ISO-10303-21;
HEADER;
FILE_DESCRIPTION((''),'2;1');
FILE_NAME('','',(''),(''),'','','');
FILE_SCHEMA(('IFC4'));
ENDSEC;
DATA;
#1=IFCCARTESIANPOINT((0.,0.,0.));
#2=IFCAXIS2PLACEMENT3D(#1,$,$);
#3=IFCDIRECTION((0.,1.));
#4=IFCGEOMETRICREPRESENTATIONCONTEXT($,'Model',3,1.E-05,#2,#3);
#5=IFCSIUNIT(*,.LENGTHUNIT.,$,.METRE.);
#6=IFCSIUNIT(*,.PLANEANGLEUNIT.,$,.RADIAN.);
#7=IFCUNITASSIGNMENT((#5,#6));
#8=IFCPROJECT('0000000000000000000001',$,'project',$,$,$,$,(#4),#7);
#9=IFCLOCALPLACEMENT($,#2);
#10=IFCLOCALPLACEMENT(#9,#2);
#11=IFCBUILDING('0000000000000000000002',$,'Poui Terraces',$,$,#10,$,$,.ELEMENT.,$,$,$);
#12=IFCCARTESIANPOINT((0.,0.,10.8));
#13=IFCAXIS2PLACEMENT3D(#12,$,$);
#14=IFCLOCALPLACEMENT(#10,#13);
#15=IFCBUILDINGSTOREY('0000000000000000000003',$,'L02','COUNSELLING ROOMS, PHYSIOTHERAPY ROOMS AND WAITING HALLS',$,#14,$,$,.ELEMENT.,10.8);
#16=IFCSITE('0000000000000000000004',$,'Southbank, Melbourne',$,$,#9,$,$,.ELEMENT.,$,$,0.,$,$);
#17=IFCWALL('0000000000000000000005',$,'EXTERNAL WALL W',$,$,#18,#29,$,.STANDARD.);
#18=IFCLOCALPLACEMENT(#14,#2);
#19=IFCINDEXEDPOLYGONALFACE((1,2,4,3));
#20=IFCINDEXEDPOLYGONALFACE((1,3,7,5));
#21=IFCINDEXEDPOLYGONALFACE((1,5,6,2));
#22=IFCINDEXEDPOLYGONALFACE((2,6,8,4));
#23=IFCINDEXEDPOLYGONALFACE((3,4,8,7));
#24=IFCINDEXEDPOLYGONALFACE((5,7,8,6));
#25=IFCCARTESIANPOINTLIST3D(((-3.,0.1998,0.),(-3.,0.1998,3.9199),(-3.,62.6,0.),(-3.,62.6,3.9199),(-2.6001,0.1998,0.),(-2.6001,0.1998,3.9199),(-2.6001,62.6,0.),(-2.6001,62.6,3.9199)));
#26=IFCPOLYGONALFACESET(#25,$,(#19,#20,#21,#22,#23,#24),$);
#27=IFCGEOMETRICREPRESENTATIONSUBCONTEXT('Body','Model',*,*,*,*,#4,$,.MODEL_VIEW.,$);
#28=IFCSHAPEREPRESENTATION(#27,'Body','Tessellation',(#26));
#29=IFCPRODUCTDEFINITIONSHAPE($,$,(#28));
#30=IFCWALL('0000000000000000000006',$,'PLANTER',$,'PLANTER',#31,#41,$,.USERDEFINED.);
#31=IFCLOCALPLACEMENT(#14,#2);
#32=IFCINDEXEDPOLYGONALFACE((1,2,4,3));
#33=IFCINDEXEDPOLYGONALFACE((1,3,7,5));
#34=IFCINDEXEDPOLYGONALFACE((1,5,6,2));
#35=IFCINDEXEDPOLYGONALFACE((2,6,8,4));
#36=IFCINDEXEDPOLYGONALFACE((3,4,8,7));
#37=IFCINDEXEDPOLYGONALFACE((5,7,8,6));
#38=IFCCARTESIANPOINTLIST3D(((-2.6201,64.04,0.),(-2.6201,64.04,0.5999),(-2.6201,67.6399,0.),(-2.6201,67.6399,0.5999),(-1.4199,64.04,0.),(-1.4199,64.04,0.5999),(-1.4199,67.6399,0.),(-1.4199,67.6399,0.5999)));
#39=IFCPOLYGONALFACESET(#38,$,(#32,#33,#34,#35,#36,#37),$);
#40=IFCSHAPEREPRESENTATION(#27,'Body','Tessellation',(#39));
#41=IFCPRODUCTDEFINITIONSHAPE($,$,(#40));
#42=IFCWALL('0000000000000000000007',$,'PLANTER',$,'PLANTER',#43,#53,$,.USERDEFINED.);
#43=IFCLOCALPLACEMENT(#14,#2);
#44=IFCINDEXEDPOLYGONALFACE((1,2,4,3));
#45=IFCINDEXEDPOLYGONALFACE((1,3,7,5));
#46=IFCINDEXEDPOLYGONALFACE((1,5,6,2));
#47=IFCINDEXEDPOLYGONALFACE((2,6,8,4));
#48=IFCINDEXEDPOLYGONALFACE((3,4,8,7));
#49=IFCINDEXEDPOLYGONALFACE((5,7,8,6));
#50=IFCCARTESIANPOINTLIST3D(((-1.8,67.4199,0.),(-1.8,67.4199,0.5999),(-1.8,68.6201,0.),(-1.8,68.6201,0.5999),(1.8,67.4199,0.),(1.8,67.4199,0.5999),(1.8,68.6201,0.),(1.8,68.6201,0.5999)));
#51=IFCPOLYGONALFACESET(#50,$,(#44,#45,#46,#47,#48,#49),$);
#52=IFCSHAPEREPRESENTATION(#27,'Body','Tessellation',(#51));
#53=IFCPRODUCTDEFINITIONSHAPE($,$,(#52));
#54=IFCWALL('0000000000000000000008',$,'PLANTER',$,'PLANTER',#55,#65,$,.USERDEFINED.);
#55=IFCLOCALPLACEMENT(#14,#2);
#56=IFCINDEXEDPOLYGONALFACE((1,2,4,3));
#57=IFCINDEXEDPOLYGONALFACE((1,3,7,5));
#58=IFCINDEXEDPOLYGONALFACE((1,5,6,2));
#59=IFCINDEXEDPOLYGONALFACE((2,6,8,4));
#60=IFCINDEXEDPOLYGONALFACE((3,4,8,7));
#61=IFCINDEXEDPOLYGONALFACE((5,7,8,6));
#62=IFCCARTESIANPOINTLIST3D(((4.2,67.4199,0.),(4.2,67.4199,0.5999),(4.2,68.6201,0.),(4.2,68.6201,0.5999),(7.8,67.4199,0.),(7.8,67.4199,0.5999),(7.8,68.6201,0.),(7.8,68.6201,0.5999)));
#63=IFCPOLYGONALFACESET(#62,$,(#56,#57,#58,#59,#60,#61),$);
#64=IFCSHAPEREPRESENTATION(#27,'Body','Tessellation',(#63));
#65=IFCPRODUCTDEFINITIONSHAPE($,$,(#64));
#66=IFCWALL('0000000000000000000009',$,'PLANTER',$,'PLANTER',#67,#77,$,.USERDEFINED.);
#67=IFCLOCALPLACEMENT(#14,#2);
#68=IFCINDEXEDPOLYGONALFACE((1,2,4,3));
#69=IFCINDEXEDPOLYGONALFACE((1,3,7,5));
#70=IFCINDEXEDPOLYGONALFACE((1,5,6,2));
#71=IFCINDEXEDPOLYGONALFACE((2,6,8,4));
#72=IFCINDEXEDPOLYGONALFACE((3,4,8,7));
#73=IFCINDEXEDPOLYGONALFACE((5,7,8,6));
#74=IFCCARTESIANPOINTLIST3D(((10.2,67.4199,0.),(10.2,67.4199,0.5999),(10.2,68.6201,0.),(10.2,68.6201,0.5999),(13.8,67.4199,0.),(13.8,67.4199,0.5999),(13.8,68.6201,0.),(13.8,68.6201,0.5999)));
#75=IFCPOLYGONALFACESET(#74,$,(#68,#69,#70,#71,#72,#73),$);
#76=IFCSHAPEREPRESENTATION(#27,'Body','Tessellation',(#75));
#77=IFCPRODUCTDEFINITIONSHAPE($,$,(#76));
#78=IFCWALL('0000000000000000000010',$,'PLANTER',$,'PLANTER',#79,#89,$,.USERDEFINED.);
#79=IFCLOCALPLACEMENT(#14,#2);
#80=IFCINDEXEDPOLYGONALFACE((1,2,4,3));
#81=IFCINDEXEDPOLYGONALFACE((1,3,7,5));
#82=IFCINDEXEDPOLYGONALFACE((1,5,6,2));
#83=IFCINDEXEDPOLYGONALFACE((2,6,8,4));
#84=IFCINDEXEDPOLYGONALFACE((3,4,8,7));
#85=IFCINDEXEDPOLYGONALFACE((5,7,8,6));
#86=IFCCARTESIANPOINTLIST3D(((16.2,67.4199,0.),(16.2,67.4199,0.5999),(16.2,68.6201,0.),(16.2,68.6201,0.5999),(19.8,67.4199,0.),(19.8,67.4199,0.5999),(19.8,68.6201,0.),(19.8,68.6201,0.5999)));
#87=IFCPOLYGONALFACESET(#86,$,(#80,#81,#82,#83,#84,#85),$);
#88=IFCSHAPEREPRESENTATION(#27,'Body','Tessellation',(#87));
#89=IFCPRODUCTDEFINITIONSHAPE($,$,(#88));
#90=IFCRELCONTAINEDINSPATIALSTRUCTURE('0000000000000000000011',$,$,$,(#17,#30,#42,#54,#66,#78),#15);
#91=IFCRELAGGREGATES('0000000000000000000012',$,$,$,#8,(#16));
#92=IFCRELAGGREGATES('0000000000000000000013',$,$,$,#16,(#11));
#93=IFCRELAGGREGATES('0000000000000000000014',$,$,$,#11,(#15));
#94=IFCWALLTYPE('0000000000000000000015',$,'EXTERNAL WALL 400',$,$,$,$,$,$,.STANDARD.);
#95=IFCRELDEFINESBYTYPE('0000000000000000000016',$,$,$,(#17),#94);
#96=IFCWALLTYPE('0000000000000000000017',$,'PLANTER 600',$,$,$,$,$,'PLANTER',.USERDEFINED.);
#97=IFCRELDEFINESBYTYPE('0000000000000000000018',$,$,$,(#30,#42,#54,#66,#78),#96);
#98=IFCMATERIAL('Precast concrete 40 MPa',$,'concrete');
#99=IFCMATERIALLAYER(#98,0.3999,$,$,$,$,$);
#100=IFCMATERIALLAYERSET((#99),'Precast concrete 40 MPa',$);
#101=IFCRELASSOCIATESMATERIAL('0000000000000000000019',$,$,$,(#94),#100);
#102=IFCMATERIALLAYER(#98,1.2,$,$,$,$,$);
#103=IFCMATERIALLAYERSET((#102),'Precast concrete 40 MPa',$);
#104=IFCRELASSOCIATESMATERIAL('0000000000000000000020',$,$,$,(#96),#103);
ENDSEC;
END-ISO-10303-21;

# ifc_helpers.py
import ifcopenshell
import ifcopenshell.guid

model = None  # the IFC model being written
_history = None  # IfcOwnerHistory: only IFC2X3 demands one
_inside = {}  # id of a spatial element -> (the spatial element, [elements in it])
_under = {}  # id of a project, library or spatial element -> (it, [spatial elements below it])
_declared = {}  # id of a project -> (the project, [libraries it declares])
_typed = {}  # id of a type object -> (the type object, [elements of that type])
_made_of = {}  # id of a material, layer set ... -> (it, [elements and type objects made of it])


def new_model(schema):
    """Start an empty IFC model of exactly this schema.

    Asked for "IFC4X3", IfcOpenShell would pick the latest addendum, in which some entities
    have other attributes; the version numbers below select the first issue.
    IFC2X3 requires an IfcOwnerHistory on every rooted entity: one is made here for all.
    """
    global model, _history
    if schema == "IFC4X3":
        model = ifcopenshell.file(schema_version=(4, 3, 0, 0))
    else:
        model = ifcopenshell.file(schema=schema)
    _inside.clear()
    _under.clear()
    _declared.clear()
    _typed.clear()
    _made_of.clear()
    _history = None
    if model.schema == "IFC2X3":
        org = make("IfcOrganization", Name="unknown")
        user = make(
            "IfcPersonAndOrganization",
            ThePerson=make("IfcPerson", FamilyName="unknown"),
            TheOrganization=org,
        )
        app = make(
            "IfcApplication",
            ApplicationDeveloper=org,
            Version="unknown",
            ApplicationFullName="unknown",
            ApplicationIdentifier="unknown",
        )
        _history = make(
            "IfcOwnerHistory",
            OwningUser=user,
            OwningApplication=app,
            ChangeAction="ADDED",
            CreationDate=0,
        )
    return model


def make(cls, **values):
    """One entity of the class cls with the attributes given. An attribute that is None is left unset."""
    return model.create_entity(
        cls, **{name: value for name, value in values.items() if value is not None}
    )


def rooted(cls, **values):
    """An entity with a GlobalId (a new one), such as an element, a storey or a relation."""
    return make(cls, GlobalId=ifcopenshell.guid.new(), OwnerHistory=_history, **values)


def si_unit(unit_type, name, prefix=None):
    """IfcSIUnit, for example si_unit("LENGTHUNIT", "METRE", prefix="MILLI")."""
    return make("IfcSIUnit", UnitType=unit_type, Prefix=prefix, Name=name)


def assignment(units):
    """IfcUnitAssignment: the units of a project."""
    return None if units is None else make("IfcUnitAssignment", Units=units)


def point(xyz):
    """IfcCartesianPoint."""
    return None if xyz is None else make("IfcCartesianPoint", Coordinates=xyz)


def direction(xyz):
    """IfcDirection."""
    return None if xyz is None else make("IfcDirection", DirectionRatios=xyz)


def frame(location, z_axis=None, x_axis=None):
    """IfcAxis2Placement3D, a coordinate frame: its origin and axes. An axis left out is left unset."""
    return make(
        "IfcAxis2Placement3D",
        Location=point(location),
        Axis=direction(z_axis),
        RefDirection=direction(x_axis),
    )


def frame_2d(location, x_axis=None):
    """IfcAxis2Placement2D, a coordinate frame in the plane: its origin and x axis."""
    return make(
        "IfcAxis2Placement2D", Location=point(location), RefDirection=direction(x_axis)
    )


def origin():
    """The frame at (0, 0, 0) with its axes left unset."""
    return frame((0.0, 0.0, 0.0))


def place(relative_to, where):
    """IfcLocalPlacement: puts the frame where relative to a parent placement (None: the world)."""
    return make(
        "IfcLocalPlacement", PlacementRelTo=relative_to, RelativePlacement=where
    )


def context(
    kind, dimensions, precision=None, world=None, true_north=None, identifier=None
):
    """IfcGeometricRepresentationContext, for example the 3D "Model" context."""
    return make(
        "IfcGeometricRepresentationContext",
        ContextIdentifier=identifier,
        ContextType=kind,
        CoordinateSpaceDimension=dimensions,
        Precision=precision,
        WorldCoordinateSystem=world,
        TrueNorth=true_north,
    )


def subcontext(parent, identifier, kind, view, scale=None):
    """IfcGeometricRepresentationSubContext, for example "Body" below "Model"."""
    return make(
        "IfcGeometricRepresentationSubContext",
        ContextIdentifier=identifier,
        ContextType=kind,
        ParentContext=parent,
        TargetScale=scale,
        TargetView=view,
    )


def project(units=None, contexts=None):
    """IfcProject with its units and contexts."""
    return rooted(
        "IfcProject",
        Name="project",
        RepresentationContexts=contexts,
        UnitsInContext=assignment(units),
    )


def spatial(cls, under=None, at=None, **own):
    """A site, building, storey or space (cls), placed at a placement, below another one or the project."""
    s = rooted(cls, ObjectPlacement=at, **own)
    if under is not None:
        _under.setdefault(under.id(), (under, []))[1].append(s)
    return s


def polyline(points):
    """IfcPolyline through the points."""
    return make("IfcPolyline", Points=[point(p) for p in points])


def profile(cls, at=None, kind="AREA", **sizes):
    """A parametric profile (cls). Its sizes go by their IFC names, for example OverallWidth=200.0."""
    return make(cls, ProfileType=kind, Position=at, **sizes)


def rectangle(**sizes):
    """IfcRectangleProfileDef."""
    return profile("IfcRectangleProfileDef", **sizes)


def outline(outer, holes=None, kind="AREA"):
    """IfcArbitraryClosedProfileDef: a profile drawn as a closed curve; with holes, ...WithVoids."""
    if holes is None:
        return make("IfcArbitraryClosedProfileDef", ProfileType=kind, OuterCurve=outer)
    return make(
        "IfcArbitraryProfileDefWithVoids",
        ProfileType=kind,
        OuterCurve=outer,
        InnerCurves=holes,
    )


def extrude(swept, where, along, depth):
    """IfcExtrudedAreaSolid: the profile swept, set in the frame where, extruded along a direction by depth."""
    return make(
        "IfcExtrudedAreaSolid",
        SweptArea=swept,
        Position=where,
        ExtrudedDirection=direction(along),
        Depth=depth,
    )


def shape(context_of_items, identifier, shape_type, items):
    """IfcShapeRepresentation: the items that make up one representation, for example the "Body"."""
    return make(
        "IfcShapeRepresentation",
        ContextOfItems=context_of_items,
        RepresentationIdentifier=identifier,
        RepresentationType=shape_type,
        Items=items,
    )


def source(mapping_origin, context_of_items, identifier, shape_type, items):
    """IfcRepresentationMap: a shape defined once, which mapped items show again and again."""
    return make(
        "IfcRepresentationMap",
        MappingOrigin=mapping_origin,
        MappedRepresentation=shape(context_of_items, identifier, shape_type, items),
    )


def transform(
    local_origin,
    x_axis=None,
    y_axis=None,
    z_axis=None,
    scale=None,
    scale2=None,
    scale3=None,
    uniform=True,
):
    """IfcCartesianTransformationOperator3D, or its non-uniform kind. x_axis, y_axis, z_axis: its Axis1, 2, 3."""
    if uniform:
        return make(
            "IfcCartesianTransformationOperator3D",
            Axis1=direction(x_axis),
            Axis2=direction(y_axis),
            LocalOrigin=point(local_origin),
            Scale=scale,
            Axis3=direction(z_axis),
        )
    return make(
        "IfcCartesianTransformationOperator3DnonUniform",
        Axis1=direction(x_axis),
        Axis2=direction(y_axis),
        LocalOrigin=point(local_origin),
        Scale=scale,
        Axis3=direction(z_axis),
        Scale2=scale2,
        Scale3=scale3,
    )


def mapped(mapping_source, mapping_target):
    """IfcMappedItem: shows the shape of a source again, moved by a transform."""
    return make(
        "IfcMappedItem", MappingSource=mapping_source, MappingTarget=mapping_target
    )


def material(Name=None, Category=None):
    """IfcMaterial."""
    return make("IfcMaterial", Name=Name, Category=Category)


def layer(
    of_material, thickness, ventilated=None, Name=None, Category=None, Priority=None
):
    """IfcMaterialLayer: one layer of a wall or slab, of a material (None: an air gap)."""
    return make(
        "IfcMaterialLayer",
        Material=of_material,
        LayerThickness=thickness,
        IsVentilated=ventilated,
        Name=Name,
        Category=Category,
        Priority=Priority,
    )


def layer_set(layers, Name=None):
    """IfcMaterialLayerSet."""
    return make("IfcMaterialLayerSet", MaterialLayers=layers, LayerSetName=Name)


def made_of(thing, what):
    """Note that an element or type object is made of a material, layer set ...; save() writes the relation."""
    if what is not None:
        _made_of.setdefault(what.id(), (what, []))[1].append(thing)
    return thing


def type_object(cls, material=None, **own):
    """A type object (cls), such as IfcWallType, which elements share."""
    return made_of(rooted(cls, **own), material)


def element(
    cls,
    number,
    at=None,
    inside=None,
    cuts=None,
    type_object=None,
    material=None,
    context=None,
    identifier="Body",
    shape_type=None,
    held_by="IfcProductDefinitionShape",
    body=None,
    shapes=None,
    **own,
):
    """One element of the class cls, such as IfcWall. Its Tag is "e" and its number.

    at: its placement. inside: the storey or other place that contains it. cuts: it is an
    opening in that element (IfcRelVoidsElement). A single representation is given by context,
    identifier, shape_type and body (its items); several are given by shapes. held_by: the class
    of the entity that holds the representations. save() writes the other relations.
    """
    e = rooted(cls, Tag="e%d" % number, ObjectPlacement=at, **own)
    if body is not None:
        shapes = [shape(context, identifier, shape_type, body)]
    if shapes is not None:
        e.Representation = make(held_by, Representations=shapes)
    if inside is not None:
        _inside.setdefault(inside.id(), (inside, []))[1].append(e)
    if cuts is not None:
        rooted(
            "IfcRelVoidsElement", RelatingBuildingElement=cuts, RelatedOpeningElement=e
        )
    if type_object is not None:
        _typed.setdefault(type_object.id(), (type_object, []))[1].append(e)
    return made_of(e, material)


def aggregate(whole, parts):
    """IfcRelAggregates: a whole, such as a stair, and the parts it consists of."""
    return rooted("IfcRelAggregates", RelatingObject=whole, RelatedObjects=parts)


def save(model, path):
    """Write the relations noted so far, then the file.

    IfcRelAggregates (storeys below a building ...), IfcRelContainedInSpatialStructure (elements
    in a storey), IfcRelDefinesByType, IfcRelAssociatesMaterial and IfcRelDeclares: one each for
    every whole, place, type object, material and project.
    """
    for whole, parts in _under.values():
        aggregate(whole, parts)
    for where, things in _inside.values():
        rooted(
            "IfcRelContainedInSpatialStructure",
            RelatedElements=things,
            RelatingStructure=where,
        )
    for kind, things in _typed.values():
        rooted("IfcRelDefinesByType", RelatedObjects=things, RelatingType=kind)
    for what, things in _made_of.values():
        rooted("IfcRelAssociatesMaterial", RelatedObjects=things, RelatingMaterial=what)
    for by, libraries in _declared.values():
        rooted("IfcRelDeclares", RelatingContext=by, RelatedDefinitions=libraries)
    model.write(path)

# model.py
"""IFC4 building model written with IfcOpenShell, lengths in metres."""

from ifc_helpers import new_model, si_unit, direction, frame, frame_2d, origin, place, context, subcontext, project, spatial, polyline, rectangle, outline, extrude, source, transform, mapped, material, layer, layer_set, type_object, element, save


model = new_model("IFC4")

# Units and contexts
model_context = context("Model", 3, precision=1e-05, world=origin(), true_north=direction((0.0, 1.0)))
body_context = subcontext(model_context, "Body", "Model", "MODEL_VIEW")
ifc_project = project(units=[si_unit("LENGTHUNIT", "METRE"), si_unit("PLANEANGLEUNIT", "RADIAN")], contexts=[model_context])

# Site, building, storey
site_placement = place(None, origin())
site = spatial("IfcSite", under=ifc_project, at=site_placement, Name="Southbank, Melbourne", CompositionType="ELEMENT", RefElevation=0.0)
building_placement = place(site_placement, origin())
building = spatial("IfcBuilding", under=site, at=building_placement, Name="Poui Terraces", CompositionType="ELEMENT")
storey_placement = place(building_placement, frame((0.0, 0.0, 10.8)))
storey = spatial("IfcBuildingStorey", under=building, at=storey_placement, Name="L02", Description="COUNSELLING ROOMS, PHYSIOTHERAPY ROOMS AND WAITING HALLS", CompositionType="ELEMENT", Elevation=10.8)

# Walls
ifc_material_1 = material(Name="Precast concrete 40 MPa", Category="concrete")
ifc_layer_1 = layer(ifc_material_1, 0.3999)
ifc_layer_set_1 = layer_set([ifc_layer_1], Name="Precast concrete 40 MPa")
wall_type_1 = type_object("IfcWallType", Name="EXTERNAL WALL 400", PredefinedType="STANDARD", material=ifc_layer_set_1)
wall_1_placement = place(storey_placement, frame((-2.8, 62.6001, 0.0), z_axis=(0.0, 0.0, 1.0), x_axis=(0.0, -1.0, 0.0)))
element("IfcWall", 1, at=wall_1_placement, inside=storey, type_object=wall_type_1, Name="EXTERNAL WALL W", PredefinedType="STANDARD", context=body_context, shape_type="SweptSolid", body=[
    extrude(rectangle(XDim=62.4001, YDim=0.3999, at=frame_2d((31.2002, 0.0))), origin(), (0.0, 0.0, 1.0), 3.9199),
])
ifc_layer_2 = layer(ifc_material_1, 1.2)
ifc_layer_set_2 = layer_set([ifc_layer_2], Name="Precast concrete 40 MPa")
wall_type_2 = type_object("IfcWallType", Name="PLANTER 600", ElementType="PLANTER", PredefinedType="USERDEFINED", material=ifc_layer_set_2)
shared_shape_1 = source(origin(), body_context, "Body", "SweptSolid", [
    extrude(outline(polyline([(0.0, 0.0), (1.2002, 0.0), (1.2002, 3.5999), (0.0, 3.5999), (0.0, 0.0)])), origin(), (0.0, 0.0, 1.0), 0.5999),
])
wall_2_placement = place(storey_placement, frame((-2.6201, 64.04, 0.0)))
element("IfcWall", 2, at=wall_2_placement, inside=storey, type_object=wall_type_2, Name="PLANTER", ObjectType="PLANTER", PredefinedType="USERDEFINED", context=body_context, shape_type="MappedRepresentation", body=[
    mapped(shared_shape_1, transform((0.0, 0.0, 0.0))),
])
shared_shape_2 = source(origin(), body_context, "Body", "SweptSolid", [
    extrude(outline(polyline([(0.0, 0.0), (3.6001, 0.0), (3.6001, 1.2002), (0.0, 1.2002), (0.0, 0.0)])), origin(), (0.0, 0.0, 1.0), 0.5999),
])
for number, where, name in (
    (3, (-1.8, 67.4199, 0.0), "PLANTER"),
    (4, (4.2, 67.4199, 0.0), "PLANTER"),
    (5, (10.2, 67.4199, 0.0), "PLANTER"),
    (6, (16.2, 67.4199, 0.0), "PLANTER"),
):
    element("IfcWall", number, at=place(storey_placement, frame(where)), inside=storey, type_object=wall_type_2, Name=name, ObjectType="PLANTER", PredefinedType="USERDEFINED", context=body_context, shape_type="MappedRepresentation", body=[
        mapped(shared_shape_2, transform((0.0, 0.0, 0.0))),
    ])

save(model, "model.ifc")
